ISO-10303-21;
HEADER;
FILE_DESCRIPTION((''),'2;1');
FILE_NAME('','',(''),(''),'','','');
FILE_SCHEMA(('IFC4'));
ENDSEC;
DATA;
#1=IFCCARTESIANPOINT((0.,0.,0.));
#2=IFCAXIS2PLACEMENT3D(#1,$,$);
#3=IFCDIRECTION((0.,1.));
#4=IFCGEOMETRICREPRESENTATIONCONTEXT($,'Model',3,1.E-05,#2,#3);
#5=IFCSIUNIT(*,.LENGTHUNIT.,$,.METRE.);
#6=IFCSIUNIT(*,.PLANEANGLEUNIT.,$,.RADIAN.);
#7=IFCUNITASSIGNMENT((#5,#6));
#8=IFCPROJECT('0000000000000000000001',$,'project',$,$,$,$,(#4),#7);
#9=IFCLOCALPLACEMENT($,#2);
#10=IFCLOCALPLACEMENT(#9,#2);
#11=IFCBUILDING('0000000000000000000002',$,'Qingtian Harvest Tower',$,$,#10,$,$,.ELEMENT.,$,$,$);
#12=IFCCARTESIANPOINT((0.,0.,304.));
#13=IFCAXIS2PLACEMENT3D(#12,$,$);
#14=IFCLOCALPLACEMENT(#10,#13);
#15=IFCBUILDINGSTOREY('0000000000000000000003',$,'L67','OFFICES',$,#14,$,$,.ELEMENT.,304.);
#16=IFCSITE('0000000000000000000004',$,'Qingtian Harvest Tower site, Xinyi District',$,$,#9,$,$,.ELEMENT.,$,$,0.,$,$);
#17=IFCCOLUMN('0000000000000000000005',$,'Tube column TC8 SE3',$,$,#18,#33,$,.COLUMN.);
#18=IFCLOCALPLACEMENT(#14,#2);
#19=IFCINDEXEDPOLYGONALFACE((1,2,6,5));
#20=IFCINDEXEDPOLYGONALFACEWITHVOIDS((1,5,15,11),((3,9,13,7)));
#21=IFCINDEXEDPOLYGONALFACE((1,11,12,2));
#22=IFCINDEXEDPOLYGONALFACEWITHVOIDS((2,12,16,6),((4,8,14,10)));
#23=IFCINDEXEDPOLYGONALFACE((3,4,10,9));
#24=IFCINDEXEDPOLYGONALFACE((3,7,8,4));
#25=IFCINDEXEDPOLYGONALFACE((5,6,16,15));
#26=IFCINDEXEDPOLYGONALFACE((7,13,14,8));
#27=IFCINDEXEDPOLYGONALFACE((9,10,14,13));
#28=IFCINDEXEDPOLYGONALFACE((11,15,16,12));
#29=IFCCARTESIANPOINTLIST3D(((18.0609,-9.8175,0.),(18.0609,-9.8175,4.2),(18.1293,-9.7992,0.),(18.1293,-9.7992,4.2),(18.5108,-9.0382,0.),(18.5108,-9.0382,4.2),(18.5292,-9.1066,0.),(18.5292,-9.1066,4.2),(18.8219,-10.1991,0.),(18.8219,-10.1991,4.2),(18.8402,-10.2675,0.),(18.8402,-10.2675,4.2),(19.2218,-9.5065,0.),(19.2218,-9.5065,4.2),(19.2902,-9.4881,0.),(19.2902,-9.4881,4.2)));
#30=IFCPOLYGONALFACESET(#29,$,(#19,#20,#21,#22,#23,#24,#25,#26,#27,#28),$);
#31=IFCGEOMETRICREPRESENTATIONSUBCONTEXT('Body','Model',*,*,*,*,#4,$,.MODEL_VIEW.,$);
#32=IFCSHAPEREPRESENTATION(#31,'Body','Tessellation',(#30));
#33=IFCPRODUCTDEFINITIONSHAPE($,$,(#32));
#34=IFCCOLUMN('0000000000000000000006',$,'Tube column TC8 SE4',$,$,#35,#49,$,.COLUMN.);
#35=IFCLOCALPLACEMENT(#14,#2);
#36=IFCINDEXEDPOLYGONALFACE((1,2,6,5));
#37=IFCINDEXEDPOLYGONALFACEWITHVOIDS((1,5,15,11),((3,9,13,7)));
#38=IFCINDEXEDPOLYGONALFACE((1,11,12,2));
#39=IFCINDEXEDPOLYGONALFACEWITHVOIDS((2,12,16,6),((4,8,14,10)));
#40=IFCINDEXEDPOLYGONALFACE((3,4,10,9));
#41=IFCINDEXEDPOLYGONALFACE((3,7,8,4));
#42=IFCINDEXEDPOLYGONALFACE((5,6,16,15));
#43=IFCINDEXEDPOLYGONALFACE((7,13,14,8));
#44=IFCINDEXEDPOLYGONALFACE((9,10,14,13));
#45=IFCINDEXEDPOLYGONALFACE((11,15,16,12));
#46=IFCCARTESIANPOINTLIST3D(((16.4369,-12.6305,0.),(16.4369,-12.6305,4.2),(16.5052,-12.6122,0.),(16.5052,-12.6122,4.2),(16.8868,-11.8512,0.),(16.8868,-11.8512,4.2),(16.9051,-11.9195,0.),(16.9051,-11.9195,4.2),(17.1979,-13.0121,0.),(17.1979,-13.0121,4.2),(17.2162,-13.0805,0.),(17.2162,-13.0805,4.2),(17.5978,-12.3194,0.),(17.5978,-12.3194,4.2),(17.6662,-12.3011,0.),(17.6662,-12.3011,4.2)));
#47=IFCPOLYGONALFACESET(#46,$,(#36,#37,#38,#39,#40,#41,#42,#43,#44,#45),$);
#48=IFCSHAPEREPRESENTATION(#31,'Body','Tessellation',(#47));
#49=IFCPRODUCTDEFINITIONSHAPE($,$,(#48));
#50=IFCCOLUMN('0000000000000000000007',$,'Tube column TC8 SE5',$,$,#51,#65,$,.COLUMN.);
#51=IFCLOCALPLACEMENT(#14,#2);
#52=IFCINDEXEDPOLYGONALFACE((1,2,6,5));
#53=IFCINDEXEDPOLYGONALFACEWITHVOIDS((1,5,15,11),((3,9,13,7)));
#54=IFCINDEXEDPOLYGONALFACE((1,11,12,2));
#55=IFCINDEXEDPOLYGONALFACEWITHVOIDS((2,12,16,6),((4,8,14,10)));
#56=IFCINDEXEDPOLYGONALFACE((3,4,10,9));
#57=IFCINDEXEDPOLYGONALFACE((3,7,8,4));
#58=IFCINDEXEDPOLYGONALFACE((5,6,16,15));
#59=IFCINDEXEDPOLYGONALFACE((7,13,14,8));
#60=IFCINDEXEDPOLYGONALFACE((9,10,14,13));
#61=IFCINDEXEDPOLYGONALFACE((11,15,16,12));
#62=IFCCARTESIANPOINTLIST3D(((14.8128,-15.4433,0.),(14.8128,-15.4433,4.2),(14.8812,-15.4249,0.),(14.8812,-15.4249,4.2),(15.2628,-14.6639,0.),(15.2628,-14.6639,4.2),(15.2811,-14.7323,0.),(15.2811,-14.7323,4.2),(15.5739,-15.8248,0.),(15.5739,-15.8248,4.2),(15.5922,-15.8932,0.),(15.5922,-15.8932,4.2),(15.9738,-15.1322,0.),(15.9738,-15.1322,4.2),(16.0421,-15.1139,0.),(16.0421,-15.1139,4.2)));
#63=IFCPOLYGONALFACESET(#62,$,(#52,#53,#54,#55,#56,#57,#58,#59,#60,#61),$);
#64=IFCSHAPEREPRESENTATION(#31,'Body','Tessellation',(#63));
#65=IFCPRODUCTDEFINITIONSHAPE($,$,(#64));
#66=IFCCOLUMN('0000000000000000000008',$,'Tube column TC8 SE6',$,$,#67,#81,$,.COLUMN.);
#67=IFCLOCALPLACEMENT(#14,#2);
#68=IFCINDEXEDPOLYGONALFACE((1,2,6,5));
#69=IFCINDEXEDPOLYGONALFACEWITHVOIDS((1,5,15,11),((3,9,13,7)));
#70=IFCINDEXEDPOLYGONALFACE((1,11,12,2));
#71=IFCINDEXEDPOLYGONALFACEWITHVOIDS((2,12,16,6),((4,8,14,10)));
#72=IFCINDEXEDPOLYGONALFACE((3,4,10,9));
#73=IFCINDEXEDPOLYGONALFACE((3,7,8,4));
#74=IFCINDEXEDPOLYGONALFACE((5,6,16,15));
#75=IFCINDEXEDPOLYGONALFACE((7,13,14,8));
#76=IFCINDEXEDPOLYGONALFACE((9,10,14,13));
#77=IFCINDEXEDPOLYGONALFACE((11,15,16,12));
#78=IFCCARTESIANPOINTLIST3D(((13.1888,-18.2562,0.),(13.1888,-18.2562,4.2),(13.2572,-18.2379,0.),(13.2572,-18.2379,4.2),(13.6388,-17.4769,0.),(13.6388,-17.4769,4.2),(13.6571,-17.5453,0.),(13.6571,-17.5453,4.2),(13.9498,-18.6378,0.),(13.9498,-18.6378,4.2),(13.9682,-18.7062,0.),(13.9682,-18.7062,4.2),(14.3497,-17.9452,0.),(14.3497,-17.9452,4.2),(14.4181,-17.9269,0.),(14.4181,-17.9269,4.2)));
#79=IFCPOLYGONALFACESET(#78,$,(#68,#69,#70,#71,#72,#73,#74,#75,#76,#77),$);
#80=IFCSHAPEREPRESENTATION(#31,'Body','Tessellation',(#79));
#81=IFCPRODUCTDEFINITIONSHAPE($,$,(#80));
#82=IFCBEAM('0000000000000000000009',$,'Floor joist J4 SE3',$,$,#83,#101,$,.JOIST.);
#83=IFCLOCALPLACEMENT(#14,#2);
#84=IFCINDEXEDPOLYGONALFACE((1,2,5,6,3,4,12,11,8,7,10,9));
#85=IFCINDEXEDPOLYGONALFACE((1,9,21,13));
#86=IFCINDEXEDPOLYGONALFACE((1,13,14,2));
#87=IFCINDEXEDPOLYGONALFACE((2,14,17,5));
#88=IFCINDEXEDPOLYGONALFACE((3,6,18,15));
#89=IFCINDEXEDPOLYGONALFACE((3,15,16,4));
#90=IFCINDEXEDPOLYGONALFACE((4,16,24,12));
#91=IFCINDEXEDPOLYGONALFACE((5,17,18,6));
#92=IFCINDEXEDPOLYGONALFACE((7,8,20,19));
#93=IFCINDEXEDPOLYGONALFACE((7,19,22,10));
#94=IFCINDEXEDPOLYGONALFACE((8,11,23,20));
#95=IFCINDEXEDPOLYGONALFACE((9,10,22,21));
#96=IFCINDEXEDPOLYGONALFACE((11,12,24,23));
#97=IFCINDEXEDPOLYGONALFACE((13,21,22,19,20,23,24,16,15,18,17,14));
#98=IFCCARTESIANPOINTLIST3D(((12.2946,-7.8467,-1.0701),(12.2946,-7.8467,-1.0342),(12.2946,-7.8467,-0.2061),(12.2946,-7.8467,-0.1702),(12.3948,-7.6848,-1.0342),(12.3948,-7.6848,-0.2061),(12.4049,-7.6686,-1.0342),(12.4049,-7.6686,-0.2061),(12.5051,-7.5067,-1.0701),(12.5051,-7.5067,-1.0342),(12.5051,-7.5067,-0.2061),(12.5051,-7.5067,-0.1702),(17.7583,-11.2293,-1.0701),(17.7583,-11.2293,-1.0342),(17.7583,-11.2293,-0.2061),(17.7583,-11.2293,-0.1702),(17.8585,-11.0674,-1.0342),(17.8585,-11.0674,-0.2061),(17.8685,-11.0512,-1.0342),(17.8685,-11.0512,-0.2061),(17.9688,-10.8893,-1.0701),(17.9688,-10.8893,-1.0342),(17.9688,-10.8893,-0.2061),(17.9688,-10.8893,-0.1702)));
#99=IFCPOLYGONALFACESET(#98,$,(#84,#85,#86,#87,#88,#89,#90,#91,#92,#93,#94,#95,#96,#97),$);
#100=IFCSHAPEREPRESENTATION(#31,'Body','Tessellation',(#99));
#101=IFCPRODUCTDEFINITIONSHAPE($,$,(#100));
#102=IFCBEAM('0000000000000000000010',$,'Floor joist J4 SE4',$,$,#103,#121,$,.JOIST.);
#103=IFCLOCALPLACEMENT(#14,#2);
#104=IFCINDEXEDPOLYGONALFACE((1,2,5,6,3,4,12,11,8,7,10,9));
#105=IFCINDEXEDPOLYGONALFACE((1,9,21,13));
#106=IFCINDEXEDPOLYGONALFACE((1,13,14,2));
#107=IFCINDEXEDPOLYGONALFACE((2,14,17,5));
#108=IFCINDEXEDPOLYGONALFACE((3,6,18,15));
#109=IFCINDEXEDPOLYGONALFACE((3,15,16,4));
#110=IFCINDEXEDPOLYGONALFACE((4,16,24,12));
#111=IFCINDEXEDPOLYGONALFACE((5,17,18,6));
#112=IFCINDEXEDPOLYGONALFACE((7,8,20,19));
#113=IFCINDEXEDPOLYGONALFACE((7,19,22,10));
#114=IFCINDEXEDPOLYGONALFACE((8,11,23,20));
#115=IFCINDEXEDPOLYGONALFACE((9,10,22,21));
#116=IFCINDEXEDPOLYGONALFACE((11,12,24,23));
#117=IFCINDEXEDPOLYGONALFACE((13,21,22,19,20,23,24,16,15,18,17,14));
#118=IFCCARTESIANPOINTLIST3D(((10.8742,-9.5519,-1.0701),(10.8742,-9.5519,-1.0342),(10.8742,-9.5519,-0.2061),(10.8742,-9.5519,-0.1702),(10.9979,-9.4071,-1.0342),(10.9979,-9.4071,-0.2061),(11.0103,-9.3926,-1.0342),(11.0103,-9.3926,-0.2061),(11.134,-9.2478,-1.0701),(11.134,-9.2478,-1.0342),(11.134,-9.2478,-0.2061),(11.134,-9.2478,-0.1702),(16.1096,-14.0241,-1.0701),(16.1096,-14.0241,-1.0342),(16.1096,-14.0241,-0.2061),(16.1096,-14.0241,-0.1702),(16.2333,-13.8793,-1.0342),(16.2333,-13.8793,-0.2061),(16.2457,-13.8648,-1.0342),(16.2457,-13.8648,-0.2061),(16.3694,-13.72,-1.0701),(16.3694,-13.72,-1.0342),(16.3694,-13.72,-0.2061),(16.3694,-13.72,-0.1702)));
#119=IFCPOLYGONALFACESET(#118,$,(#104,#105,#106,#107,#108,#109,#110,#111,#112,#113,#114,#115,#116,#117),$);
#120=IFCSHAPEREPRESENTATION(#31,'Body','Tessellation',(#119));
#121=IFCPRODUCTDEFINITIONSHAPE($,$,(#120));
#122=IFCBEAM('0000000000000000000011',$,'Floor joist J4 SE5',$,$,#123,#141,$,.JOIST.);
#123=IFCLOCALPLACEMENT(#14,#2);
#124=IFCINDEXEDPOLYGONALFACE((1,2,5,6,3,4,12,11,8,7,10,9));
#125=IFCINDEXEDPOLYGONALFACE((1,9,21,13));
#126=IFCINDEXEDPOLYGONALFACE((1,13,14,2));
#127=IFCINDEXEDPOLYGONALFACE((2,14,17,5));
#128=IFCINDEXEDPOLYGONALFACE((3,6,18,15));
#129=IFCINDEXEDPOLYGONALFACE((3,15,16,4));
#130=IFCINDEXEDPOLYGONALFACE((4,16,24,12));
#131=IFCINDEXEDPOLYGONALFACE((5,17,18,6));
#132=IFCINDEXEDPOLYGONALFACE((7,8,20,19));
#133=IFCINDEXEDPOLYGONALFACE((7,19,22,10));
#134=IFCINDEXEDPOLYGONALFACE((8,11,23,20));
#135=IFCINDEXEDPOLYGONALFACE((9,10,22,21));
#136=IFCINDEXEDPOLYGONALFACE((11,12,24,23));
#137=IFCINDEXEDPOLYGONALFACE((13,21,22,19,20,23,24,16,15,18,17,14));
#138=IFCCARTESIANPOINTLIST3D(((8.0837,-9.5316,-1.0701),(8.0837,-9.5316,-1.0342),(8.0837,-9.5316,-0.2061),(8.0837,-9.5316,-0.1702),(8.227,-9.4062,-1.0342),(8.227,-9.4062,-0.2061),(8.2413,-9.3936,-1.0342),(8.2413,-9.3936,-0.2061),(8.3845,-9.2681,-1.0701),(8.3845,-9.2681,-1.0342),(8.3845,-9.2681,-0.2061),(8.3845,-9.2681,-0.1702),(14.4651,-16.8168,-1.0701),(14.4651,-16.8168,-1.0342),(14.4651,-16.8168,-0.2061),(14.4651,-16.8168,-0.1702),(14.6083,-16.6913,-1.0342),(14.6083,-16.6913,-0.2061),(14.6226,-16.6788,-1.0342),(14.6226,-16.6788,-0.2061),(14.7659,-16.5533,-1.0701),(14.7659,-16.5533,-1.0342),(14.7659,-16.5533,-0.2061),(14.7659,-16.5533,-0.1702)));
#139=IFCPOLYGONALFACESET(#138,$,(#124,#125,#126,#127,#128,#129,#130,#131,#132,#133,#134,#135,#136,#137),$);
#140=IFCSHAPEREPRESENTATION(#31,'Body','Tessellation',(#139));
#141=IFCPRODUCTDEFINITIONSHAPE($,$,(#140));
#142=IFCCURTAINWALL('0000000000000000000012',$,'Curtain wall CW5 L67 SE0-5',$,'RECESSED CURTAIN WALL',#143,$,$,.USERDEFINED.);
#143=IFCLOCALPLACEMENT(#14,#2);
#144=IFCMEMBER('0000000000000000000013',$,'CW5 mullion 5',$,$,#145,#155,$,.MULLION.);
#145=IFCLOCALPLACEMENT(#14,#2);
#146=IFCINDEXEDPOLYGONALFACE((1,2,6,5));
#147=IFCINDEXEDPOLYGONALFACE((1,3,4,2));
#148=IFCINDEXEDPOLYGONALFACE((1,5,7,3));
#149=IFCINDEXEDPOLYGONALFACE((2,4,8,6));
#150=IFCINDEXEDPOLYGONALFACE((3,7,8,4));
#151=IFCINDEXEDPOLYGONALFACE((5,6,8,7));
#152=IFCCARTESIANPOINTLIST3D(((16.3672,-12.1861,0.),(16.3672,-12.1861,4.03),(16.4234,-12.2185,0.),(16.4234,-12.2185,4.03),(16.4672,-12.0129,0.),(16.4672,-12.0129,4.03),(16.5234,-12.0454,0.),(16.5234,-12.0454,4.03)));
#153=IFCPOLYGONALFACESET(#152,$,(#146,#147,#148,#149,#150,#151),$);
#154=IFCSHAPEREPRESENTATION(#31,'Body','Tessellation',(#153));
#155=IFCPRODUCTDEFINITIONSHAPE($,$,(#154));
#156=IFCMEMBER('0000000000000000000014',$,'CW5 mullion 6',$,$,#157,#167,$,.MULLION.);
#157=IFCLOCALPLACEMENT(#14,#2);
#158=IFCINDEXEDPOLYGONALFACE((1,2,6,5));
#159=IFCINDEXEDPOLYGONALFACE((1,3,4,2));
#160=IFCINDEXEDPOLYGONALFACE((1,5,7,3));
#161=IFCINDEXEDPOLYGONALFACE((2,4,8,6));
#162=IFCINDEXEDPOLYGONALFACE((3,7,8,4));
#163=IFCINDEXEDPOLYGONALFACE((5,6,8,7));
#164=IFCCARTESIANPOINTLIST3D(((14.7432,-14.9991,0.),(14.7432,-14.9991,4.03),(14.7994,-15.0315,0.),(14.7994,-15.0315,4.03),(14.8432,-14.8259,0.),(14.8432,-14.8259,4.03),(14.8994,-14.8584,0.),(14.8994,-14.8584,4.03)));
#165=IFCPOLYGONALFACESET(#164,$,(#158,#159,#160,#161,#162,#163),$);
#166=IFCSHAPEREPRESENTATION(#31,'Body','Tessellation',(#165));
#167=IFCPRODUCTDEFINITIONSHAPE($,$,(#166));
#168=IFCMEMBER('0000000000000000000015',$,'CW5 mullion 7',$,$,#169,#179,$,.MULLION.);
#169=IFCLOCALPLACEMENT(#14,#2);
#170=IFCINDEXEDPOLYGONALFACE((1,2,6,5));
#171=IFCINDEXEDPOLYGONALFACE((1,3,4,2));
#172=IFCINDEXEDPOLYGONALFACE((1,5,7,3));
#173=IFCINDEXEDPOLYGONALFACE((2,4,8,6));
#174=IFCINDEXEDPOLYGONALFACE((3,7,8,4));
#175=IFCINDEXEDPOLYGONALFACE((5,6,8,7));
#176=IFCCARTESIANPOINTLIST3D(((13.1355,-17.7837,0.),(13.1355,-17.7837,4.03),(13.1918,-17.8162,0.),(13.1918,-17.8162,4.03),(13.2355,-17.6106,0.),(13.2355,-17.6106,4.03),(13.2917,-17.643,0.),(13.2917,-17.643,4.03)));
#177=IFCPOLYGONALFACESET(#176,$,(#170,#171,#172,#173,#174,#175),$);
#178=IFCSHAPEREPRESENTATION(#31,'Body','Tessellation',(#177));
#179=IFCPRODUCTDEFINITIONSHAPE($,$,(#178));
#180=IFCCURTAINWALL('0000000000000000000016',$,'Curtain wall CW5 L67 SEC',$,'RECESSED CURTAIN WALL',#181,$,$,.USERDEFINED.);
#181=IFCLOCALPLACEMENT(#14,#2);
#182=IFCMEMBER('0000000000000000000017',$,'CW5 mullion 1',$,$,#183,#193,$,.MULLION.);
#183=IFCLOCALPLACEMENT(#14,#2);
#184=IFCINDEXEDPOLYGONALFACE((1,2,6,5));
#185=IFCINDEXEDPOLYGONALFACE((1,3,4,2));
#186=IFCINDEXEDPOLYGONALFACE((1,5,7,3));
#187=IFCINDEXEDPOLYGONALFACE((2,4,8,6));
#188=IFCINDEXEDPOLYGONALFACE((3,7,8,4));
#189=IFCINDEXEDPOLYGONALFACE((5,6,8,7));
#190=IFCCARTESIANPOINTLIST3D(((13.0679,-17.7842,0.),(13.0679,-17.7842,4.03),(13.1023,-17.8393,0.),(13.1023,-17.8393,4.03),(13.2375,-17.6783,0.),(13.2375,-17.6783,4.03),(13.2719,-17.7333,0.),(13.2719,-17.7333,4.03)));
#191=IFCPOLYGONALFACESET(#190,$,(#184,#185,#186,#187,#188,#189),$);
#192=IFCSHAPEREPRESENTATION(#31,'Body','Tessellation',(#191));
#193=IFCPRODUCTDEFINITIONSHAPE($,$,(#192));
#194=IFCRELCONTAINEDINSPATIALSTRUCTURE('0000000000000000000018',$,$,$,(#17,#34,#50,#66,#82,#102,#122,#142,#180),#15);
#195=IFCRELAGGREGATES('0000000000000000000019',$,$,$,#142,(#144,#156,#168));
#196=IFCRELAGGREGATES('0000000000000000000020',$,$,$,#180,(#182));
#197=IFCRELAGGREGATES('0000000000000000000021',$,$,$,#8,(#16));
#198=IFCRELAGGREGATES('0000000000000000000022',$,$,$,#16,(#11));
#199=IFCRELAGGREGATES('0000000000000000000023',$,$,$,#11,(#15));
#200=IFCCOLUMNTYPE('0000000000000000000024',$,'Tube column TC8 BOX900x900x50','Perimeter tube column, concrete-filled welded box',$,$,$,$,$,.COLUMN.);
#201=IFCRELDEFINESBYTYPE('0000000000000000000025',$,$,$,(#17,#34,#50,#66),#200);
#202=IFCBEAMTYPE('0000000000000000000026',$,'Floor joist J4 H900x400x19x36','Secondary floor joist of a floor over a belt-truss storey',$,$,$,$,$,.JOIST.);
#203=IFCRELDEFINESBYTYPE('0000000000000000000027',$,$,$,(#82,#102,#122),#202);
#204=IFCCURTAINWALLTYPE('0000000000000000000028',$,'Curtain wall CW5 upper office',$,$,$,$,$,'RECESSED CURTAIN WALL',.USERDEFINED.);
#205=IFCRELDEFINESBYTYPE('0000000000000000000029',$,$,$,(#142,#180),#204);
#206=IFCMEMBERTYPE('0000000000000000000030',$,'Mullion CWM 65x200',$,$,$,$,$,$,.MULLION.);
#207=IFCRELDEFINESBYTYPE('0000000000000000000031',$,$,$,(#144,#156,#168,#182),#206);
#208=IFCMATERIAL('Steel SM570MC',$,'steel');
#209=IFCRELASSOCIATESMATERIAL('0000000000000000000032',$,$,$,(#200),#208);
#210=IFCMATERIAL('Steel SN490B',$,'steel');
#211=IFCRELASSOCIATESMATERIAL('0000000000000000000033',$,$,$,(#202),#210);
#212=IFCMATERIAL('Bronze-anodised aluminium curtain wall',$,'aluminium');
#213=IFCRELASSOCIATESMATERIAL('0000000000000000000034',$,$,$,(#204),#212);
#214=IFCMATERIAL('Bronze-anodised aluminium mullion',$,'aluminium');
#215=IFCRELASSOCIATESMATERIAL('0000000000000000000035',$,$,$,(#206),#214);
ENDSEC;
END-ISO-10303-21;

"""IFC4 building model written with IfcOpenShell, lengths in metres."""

from ifc_helpers import new_model, si_unit, direction, frame, origin, origin_2d, place, context, subcontext, project, spatial, rectangle, hollow_rectangle, i_section, extrude, material, material_profile, profile_set, type_object, element, aggregate, save


model = new_model("IFC4")

# Units and contexts
model_context = context("Model", 3, precision=1e-05, world=origin(), true_north=direction((0.0, 1.0)))
body_context = subcontext(model_context, "Body", "Model", "MODEL_VIEW")
ifc_project = project(units=[si_unit("LENGTHUNIT", "METRE"), si_unit("PLANEANGLEUNIT", "RADIAN")], contexts=[model_context])

# Site, building, storey
site_placement = place(None, origin())
site = spatial("IfcSite", under=ifc_project, at=site_placement, Name="Qingtian Harvest Tower site, Xinyi District", CompositionType="ELEMENT", RefElevation=0.0)
building_placement = place(site_placement, origin())
building = spatial("IfcBuilding", under=site, at=building_placement, Name="Qingtian Harvest Tower", CompositionType="ELEMENT")
storey_placement = place(building_placement, frame((0.0, 0.0, 304.0)))
storey = spatial("IfcBuildingStorey", under=building, at=storey_placement, Name="L67", Description="OFFICES", CompositionType="ELEMENT", Elevation=304.0)

# Columns
ifc_material_1 = material(Name="Steel SM570MC", Category="steel")
ifc_material_profile_1 = material_profile(ifc_material_1, hollow_rectangle(XDim=0.8999, YDim=0.8999, WallThickness=0.05, at=origin_2d()), Name="BOX900x900x50")
ifc_profile_set_1 = profile_set([ifc_material_profile_1], Name="Steel SM570MC")
column_type = type_object("IfcColumnType", Name="Tube column TC8 BOX900x900x50", Description="Perimeter tube column, concrete-filled welded box", PredefinedType="COLUMN", material=ifc_profile_set_1)
for number, where, z_axis, x_axis, name in (
    (1, (18.6755, -9.6528, 0.0), (0.0, 0.0, 1.0), (0.5, 0.866025, 0.0), "Tube column TC8 SE3"),
    (2, (17.0515, -12.4658, 0.0), (0.0, 0.0, 1.0), (0.5, 0.866025, 0.0), "Tube column TC8 SE4"),
    (3, (15.4275, -15.2786, 0.0), (0.0, 0.0, 1.0), (0.5, 0.866025, 0.0), "Tube column TC8 SE5"),
    (4, (13.8035, -18.0916, 0.0), (0.0, 0.0, 1.0), (0.5, 0.866025, 0.0), "Tube column TC8 SE6"),
):
    element("IfcColumn", number, at=place(storey_placement, frame(where, z_axis=z_axis, x_axis=x_axis)), inside=storey, type_object=column_type, Name=name, PredefinedType="COLUMN", context=body_context, shape_type="SweptSolid", body=[
        extrude(hollow_rectangle(XDim=0.8999, YDim=0.8999, WallThickness=0.05, at=origin_2d()), origin(), (0.0, 0.0, 1.0), 4.2),
    ])

# Beams
ifc_material_2 = material(Name="Steel SN490B", Category="steel")
ifc_material_profile_2 = material_profile(ifc_material_2, i_section(OverallWidth=0.3999, OverallDepth=0.8999, WebThickness=0.019, FlangeThickness=0.0359, at=origin_2d()), Name="H900x400x19x36")
ifc_profile_set_2 = profile_set([ifc_material_profile_2], Name="Steel SN490B")
beam_type_1 = type_object("IfcBeamType", Name="Floor joist J4 H900x400x19x36", Description="Secondary floor joist of a floor over a belt-truss storey", PredefinedType="JOIST", material=ifc_profile_set_2)
beam_1_placement = place(storey_placement, frame((17.8635, -11.0593, -0.6201), z_axis=(-0.850242, 0.526391, 0.0), x_axis=(-0.526391, -0.850242, 0.0)))
element("IfcBeam", 5, at=beam_1_placement, inside=storey, type_object=beam_type_1, Name="Floor joist J4 SE3", PredefinedType="JOIST", context=body_context, shape_type="SweptSolid", body=[
    extrude(i_section(OverallWidth=0.3999, OverallDepth=0.8999, WebThickness=0.019, FlangeThickness=0.0359, at=origin_2d()), origin(), (0.0, 0.0, 1.0), 6.426),
])
beam_2_placement = place(storey_placement, frame((16.2395, -13.8721, -0.6201), z_axis=(-0.760352, 0.649511, 0.0), x_axis=(-0.649511, -0.760352, 0.0)))
element("IfcBeam", 6, at=beam_2_placement, inside=storey, type_object=beam_type_1, Name="Floor joist J4 SE4", PredefinedType="JOIST", context=body_context, shape_type="SweptSolid", body=[
    extrude(i_section(OverallWidth=0.3999, OverallDepth=0.8999, WebThickness=0.019, FlangeThickness=0.0359, at=origin_2d()), origin(), (0.0, 0.0, 1.0), 6.8855),
])
beam_3_placement = place(storey_placement, frame((14.6155, -16.6851, -0.6201), z_axis=(-0.658904, 0.752227, 0.0), x_axis=(-0.752227, -0.658904, 0.0)))
element("IfcBeam", 7, at=beam_3_placement, inside=storey, type_object=beam_type_1, Name="Floor joist J4 SE5", PredefinedType="JOIST", context=body_context, shape_type="SweptSolid", body=[
    extrude(i_section(OverallWidth=0.3999, OverallDepth=0.8999, WebThickness=0.019, FlangeThickness=0.0359, at=origin_2d()), origin(), (0.0, 0.0, 1.0), 9.6848),
])

# Curtain wall, members
ifc_material_3 = material(Name="Bronze-anodised aluminium curtain wall", Category="aluminium")
curtain_wall_type = type_object("IfcCurtainWallType", Name="Curtain wall CW5 upper office", ElementType="RECESSED CURTAIN WALL", PredefinedType="USERDEFINED", material=ifc_material_3)
curtain_wall_1_placement = place(storey_placement, origin())
curtain_wall_1 = element("IfcCurtainWall", 8, at=curtain_wall_1_placement, inside=storey, type_object=curtain_wall_type, Name="Curtain wall CW5 L67 SE0-5", ObjectType="RECESSED CURTAIN WALL", PredefinedType="USERDEFINED")
ifc_material_4 = material(Name="Bronze-anodised aluminium mullion", Category="aluminium")
ifc_material_profile_3 = material_profile(ifc_material_4, rectangle(XDim=0.0649, YDim=0.2, at=origin_2d()), Name="AL 65x200")
ifc_profile_set_3 = profile_set([ifc_material_profile_3], Name="Bronze-anodised aluminium mullion")
member_type_1 = type_object("IfcMemberType", Name="Mullion CWM 65x200", PredefinedType="MULLION", material=ifc_profile_set_3)
member_1_placement = place(storey_placement, frame((16.4453, -12.1157, 0.0), z_axis=(0.0, 0.0, 1.0), x_axis=(0.866025, -0.5, 0.0)))
member_1 = element("IfcMember", 9, at=member_1_placement, type_object=member_type_1, Name="CW5 mullion 5", PredefinedType="MULLION", context=body_context, shape_type="SweptSolid", body=[
    extrude(rectangle(XDim=0.0649, YDim=0.2, at=origin_2d()), origin(), (0.0, 0.0, 1.0), 4.03),
])
member_2_placement = place(storey_placement, frame((14.8213, -14.9287, 0.0), z_axis=(0.0, 0.0, 1.0), x_axis=(0.866025, -0.5, 0.0)))
member_2 = element("IfcMember", 10, at=member_2_placement, type_object=member_type_1, Name="CW5 mullion 6", PredefinedType="MULLION", context=body_context, shape_type="SweptSolid", body=[
    extrude(rectangle(XDim=0.0649, YDim=0.2, at=origin_2d()), origin(), (0.0, 0.0, 1.0), 4.03),
])
member_3_placement = place(storey_placement, frame((13.2136, -17.7134, 0.0), z_axis=(0.0, 0.0, 1.0), x_axis=(0.866025, -0.5, 0.0)))
member_3 = element("IfcMember", 11, at=member_3_placement, type_object=member_type_1, Name="CW5 mullion 7", PredefinedType="MULLION", context=body_context, shape_type="SweptSolid", body=[
    extrude(rectangle(XDim=0.0649, YDim=0.2, at=origin_2d()), origin(), (0.0, 0.0, 1.0), 4.03),
])

# Curtain wall, member
curtain_wall_2_placement = place(storey_placement, origin())
curtain_wall_2 = element("IfcCurtainWall", 12, at=curtain_wall_2_placement, inside=storey, type_object=curtain_wall_type, Name="Curtain wall CW5 L67 SEC", ObjectType="RECESSED CURTAIN WALL", PredefinedType="USERDEFINED")
member_4_placement = place(storey_placement, frame((13.1699, -17.7588, 0.0), z_axis=(0.0, 0.0, 1.0), x_axis=(0.529919, -0.848048, 0.0)))
member_4 = element("IfcMember", 13, at=member_4_placement, type_object=member_type_1, Name="CW5 mullion 1", PredefinedType="MULLION", context=body_context, shape_type="SweptSolid", body=[
    extrude(rectangle(XDim=0.0649, YDim=0.2, at=origin_2d()), origin(), (0.0, 0.0, 1.0), 4.03),
])

aggregate(curtain_wall_1, [member_1, member_2, member_3])
aggregate(curtain_wall_2, [member_4])

save(model, "model.ifc")
